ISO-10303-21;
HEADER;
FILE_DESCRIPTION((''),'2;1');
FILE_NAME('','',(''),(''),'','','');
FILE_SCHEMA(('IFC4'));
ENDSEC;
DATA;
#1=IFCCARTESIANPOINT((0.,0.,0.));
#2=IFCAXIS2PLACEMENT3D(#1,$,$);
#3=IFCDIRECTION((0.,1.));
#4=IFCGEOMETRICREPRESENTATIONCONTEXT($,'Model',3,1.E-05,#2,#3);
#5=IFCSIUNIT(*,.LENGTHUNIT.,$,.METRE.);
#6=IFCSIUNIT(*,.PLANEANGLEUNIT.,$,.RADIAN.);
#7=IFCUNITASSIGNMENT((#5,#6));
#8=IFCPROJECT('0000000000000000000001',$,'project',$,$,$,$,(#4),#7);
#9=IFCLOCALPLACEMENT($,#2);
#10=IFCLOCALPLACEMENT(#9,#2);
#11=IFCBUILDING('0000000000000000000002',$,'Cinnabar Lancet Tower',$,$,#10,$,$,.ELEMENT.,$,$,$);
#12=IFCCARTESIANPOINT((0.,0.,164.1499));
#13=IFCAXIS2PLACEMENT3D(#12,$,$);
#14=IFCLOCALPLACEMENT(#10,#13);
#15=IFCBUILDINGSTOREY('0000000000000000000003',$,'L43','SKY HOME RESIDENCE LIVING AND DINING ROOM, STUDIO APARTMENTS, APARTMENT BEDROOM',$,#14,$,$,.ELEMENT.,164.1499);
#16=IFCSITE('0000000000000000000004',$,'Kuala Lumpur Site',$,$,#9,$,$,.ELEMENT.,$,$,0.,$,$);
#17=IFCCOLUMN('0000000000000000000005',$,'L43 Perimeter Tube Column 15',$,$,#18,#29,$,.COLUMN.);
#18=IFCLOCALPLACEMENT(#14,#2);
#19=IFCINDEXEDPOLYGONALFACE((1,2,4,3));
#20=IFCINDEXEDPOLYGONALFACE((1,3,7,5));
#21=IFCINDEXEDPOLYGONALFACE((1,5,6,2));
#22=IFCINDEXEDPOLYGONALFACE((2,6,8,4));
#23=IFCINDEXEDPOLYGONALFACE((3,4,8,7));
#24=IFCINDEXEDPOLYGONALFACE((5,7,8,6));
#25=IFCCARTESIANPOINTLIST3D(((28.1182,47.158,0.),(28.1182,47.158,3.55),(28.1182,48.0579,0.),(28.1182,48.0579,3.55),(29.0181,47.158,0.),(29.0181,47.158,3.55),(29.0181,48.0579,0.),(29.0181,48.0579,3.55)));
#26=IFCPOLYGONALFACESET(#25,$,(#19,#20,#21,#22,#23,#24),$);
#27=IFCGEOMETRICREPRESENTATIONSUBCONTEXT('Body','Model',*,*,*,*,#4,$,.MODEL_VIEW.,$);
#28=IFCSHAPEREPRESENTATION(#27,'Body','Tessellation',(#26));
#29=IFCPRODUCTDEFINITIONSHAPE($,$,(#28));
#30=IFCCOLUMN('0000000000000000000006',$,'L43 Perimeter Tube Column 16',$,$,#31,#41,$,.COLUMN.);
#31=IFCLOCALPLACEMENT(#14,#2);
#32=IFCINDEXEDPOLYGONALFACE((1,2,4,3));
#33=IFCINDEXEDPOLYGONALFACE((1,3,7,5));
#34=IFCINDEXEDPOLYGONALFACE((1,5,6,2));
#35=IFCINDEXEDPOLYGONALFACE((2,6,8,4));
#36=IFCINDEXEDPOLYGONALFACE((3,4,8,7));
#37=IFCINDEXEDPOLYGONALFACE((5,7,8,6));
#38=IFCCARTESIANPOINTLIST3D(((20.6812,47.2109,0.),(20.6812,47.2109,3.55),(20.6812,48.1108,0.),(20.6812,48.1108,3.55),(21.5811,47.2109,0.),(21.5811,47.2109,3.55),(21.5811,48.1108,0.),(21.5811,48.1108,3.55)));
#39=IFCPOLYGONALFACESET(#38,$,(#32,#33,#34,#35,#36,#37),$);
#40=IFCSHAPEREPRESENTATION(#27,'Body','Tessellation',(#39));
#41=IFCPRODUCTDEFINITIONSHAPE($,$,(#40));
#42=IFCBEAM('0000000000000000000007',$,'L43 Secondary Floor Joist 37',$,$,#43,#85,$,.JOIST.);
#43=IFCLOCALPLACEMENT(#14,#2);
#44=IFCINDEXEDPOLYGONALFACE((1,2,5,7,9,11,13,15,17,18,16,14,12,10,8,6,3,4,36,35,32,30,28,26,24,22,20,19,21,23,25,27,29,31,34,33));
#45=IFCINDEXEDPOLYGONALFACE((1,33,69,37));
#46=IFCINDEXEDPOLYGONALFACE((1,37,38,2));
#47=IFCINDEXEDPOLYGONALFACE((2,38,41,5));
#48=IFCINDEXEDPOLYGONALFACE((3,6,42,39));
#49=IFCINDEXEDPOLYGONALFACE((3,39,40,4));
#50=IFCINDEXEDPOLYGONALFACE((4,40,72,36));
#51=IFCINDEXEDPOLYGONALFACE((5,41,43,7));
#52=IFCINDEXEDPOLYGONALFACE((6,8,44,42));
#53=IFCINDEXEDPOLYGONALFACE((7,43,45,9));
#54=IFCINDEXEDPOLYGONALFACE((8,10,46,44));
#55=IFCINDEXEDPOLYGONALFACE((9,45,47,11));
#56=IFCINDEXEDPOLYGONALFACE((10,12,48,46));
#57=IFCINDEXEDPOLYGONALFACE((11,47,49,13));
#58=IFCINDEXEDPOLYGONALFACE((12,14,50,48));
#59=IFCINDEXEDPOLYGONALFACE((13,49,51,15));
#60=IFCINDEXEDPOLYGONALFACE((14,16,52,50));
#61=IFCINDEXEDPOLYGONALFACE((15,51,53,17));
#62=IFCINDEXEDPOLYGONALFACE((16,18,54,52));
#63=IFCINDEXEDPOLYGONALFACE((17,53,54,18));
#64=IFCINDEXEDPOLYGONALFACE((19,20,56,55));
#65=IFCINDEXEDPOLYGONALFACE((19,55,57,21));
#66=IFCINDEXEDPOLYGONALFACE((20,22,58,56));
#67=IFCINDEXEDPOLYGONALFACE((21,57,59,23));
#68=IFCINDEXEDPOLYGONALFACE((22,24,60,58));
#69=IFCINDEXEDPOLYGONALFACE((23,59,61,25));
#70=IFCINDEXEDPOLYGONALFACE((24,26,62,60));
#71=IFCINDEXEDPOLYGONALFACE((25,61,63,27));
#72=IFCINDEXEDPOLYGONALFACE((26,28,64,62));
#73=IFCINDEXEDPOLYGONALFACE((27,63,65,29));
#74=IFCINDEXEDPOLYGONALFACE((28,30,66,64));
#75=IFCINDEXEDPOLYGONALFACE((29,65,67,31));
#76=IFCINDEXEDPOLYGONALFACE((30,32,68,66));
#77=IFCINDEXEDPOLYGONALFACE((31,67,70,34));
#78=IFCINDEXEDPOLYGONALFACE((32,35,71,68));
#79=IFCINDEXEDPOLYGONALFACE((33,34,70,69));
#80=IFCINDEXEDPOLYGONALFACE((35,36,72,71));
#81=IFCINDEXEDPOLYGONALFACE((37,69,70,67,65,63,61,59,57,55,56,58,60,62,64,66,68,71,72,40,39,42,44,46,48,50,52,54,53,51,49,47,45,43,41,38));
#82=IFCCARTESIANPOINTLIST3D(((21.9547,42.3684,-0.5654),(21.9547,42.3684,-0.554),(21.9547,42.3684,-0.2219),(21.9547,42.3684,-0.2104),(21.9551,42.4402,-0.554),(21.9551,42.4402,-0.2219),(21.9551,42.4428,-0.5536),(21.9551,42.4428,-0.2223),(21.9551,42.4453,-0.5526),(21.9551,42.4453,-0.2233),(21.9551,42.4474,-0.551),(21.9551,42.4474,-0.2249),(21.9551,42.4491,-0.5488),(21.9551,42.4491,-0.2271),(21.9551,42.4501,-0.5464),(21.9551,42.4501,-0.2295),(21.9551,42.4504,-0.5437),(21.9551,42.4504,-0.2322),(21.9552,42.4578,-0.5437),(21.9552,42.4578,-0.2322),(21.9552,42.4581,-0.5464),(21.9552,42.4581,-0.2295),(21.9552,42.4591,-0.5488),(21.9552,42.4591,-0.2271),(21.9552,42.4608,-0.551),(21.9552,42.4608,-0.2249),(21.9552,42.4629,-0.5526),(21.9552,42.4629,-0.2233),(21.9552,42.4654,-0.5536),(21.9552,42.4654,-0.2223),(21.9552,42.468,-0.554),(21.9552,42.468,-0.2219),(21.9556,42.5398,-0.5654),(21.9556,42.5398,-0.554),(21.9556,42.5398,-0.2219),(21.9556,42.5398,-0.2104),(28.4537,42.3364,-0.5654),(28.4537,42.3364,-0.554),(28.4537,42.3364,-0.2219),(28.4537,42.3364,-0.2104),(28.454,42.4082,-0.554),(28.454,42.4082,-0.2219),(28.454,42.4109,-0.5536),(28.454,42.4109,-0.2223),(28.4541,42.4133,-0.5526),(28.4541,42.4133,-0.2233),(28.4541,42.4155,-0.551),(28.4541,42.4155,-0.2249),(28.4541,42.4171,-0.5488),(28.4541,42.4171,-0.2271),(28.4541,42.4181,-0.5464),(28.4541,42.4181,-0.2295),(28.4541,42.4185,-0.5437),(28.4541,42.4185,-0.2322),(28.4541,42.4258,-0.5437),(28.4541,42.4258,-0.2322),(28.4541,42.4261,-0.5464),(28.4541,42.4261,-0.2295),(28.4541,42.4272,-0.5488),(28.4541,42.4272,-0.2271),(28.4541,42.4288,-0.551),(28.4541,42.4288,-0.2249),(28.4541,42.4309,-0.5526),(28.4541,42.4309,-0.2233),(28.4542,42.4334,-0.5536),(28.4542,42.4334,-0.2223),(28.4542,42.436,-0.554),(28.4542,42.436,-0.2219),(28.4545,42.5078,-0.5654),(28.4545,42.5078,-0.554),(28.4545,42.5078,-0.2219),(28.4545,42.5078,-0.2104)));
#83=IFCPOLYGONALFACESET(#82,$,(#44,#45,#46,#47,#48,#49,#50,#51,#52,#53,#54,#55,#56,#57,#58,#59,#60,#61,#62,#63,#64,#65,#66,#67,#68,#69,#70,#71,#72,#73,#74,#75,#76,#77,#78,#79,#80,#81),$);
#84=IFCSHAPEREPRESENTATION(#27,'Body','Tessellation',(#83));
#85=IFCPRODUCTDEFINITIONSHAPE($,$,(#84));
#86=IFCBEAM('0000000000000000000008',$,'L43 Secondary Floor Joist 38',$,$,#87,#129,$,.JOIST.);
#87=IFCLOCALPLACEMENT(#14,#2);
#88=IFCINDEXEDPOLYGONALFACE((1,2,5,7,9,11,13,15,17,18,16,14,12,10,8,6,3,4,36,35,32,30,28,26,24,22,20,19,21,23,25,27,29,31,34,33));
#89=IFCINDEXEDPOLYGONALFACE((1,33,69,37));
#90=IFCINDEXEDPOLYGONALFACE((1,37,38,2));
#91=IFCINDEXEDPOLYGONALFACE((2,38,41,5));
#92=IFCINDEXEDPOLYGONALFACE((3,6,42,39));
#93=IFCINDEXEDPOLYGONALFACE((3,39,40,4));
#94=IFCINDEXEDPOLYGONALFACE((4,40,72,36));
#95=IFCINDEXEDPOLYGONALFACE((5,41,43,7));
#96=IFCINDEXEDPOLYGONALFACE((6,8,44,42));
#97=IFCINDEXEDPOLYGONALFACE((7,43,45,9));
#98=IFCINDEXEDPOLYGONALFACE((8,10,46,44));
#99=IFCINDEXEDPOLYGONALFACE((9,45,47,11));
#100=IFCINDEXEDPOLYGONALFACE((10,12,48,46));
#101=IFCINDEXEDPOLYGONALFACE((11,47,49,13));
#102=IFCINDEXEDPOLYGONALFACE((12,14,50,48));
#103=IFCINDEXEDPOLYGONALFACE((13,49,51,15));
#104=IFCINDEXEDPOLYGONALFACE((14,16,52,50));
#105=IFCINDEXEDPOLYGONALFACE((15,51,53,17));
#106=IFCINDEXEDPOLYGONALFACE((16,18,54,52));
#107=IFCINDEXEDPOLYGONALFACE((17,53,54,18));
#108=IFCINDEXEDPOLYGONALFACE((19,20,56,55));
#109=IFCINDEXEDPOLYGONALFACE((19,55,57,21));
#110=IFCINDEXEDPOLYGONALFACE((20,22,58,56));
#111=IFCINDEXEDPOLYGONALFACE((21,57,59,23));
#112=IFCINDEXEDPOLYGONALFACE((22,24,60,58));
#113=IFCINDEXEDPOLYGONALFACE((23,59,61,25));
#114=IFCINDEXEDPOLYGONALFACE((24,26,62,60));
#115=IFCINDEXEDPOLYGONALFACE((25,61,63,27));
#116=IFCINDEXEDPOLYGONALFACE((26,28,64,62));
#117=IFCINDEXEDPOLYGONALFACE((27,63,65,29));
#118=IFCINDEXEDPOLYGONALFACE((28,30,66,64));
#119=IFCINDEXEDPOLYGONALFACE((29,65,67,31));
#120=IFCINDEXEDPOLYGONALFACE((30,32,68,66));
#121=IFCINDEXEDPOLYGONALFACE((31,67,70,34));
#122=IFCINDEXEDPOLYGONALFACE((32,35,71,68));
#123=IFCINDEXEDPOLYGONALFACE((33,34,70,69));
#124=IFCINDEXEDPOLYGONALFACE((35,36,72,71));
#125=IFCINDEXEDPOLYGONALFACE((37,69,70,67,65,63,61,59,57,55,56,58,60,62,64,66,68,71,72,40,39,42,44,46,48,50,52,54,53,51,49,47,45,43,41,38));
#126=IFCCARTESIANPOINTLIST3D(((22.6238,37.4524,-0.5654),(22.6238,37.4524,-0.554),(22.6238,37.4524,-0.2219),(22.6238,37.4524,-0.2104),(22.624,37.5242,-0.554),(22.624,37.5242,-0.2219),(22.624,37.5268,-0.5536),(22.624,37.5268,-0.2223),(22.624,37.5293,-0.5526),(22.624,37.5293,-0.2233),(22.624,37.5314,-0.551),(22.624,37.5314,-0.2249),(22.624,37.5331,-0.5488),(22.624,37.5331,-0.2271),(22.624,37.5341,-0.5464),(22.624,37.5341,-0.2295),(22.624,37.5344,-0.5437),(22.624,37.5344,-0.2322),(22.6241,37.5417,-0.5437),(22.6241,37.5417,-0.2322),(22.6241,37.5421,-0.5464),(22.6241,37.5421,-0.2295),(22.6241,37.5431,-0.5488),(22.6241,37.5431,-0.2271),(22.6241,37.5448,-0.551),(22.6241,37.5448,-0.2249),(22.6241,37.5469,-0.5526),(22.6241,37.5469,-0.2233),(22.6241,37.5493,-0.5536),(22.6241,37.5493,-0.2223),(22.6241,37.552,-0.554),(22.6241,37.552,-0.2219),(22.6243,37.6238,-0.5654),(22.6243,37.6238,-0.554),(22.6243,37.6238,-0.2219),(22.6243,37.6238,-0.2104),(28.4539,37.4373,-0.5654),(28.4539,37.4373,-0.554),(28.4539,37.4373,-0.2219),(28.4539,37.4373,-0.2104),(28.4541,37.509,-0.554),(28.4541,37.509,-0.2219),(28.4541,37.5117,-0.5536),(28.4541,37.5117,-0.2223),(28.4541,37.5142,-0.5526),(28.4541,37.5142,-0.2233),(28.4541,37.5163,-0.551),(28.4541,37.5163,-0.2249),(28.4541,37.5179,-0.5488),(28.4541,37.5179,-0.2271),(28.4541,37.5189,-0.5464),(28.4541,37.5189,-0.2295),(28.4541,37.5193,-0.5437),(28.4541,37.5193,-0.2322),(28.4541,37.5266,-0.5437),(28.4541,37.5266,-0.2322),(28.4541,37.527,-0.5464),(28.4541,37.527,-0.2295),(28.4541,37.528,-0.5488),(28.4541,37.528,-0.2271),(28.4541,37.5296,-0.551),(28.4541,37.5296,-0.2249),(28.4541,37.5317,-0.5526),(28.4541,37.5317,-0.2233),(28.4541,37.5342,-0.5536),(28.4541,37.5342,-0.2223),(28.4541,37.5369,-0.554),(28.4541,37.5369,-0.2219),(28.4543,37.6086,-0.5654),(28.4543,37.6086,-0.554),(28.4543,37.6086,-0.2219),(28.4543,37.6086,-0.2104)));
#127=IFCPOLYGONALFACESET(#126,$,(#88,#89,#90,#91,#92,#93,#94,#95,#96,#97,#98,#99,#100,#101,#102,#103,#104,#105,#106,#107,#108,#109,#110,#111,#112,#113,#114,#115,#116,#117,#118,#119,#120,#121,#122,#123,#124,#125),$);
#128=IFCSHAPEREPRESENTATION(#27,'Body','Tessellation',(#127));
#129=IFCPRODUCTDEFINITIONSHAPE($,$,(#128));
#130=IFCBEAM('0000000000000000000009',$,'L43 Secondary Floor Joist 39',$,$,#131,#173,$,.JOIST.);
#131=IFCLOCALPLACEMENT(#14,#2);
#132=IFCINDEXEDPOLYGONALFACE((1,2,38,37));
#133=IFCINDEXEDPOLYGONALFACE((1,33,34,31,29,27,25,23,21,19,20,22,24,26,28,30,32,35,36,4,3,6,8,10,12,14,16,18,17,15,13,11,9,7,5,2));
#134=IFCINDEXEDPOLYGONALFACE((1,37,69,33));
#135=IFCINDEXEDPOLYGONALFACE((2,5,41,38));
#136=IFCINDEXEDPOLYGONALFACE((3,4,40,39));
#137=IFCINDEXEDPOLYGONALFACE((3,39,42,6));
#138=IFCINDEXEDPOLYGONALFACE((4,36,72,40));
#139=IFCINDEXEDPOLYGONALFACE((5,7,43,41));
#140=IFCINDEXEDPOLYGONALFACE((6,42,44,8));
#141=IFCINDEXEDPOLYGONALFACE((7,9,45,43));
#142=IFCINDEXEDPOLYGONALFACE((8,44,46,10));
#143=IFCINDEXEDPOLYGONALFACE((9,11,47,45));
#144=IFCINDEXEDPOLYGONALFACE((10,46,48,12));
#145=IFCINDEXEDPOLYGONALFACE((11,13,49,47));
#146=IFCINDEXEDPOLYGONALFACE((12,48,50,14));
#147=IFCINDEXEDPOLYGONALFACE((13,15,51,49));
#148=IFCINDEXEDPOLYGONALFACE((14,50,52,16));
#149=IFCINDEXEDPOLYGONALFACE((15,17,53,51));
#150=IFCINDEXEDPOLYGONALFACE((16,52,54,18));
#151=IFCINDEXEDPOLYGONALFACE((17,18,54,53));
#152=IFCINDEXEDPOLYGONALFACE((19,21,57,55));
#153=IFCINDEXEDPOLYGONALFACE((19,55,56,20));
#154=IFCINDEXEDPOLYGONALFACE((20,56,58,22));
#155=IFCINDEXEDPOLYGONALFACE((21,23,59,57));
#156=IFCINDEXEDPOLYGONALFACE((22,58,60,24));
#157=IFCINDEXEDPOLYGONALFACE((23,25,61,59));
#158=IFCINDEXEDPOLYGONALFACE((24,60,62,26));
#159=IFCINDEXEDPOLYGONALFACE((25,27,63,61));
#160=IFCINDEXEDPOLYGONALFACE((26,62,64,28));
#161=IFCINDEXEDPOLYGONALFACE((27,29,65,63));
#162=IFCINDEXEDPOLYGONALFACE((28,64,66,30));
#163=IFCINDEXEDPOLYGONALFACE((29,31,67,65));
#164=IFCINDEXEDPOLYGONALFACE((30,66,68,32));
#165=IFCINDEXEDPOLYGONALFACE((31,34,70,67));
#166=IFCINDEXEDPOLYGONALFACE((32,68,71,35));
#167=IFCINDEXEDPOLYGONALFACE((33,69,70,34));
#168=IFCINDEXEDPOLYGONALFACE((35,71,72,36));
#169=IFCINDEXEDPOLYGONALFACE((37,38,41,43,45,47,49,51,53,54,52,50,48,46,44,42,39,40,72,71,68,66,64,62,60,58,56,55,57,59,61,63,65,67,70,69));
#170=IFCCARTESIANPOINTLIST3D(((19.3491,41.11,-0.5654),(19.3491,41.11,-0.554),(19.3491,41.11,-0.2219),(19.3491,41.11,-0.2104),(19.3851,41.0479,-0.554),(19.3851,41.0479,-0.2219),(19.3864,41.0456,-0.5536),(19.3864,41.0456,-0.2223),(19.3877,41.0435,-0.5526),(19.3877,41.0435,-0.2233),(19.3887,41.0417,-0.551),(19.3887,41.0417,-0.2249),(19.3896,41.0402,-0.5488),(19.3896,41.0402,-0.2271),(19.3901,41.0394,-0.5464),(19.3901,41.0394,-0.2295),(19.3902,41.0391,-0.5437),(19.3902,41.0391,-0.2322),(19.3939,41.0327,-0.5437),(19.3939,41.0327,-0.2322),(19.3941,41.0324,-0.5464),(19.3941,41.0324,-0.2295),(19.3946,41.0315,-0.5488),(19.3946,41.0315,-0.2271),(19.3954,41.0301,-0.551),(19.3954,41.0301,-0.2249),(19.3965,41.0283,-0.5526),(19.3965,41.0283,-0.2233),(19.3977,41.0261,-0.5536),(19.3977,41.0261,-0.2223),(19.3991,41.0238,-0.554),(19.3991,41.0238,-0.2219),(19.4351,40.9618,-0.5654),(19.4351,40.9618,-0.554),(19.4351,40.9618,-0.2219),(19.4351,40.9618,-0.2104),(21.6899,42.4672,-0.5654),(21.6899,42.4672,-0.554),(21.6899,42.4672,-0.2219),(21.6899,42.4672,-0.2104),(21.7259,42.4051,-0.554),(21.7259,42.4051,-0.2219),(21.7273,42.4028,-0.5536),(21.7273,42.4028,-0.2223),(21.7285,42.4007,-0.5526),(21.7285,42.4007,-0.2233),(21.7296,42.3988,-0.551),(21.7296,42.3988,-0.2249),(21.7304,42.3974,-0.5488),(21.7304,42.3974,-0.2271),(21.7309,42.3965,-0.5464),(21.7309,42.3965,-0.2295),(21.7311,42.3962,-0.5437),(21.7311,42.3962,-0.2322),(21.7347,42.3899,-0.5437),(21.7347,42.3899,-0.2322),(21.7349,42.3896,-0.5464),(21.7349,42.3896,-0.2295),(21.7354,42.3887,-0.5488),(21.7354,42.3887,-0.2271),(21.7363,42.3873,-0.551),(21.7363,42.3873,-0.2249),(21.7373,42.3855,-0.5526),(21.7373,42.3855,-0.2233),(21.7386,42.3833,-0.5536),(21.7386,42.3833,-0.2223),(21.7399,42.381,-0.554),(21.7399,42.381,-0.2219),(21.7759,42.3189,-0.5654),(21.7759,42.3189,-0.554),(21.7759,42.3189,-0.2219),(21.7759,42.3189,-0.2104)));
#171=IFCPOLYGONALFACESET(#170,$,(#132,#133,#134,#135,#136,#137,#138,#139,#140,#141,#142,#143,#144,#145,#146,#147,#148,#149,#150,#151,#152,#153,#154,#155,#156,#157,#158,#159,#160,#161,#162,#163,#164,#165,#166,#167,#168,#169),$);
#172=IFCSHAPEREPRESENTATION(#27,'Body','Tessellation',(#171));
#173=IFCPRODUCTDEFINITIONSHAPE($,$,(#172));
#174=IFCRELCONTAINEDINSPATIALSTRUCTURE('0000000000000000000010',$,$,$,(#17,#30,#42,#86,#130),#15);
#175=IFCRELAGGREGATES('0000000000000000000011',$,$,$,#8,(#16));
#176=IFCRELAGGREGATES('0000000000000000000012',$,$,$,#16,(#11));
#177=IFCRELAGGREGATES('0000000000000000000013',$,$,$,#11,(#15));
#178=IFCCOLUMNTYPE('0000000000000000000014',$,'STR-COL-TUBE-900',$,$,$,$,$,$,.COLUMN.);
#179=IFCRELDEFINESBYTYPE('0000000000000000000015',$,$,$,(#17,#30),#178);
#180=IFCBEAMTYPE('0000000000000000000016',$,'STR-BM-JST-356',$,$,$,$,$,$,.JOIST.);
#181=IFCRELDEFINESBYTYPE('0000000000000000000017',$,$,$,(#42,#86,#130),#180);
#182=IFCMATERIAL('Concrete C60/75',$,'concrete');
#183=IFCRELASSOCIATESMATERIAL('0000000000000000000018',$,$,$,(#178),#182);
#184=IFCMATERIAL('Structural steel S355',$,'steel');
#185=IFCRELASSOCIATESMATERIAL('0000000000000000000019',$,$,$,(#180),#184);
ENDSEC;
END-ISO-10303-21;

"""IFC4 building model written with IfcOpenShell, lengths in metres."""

from ifc_helpers import new_model, si_unit, direction, frame, origin, origin_2d, place, context, subcontext, project, spatial, rectangle, i_section, extrude, material, material_profile, profile_set, type_object, element, save


model = new_model("IFC4")

# Units and contexts
model_context = context("Model", 3, precision=1e-05, world=origin(), true_north=direction((0.0, 1.0)))
body_context = subcontext(model_context, "Body", "Model", "MODEL_VIEW")
ifc_project = project(units=[si_unit("LENGTHUNIT", "METRE"), si_unit("PLANEANGLEUNIT", "RADIAN")], contexts=[model_context])

# Site, building, storey
site_placement = place(None, origin())
site = spatial("IfcSite", under=ifc_project, at=site_placement, Name="Kuala Lumpur Site", CompositionType="ELEMENT", RefElevation=0.0)
building_placement = place(site_placement, origin())
building = spatial("IfcBuilding", under=site, at=building_placement, Name="Cinnabar Lancet Tower", CompositionType="ELEMENT")
storey_placement = place(building_placement, frame((0.0, 0.0, 164.1499)))
storey = spatial("IfcBuildingStorey", under=building, at=storey_placement, Name="L43", Description="SKY HOME RESIDENCE LIVING AND DINING ROOM, STUDIO APARTMENTS, APARTMENT BEDROOM", CompositionType="ELEMENT", Elevation=164.1499)

# Columns
ifc_material_1 = material(Name="Concrete C60/75", Category="concrete")
ifc_material_profile_1 = material_profile(ifc_material_1, rectangle(XDim=0.8999, YDim=0.8999, at=origin_2d()), Name="RC-COL 900x900")
ifc_profile_set_1 = profile_set([ifc_material_profile_1], Name="Concrete C60/75")
column_type = type_object("IfcColumnType", Name="STR-COL-TUBE-900", PredefinedType="COLUMN", material=ifc_profile_set_1)
for number, where, z_axis, x_axis, name in (
    (1, (28.5681, 47.6079, 0.0), (0.0, 0.0, 1.0), (1.0, 0.0, 0.0), "L43 Perimeter Tube Column 15"),
    (2, (21.1311, 47.6609, 0.0), (0.0, 0.0, 1.0), (1.0, 0.0, 0.0), "L43 Perimeter Tube Column 16"),
):
    element("IfcColumn", number, at=place(storey_placement, frame(where, z_axis=z_axis, x_axis=x_axis)), inside=storey, type_object=column_type, Name=name, PredefinedType="COLUMN", context=body_context, shape_type="SweptSolid", body=[
        extrude(rectangle(XDim=0.8999, YDim=0.8999, at=origin_2d()), origin(), (0.0, 0.0, 1.0), 3.55),
    ])

# Beams
ifc_material_2 = material(Name="Structural steel S355", Category="steel")
ifc_material_profile_2 = material_profile(ifc_material_2, i_section(OverallWidth=0.1714, OverallDepth=0.355, WebThickness=0.0073, FlangeThickness=0.0115, FilletRadius=0.0103, at=origin_2d()), Name="UKB 356x171x51")
ifc_profile_set_2 = profile_set([ifc_material_profile_2], Name="Structural steel S355")
beam_type_1 = type_object("IfcBeamType", Name="STR-BM-JST-356", PredefinedType="JOIST", material=ifc_profile_set_2)
beam_1_placement = place(storey_placement, frame((28.4541, 42.4221, -0.3879), z_axis=(-0.999988, 0.004921, 0.0), x_axis=(-0.004921, -0.999988, 0.0)))
element("IfcBeam", 3, at=beam_1_placement, inside=storey, type_object=beam_type_1, Name="L43 Secondary Floor Joist 37", PredefinedType="JOIST", context=body_context, shape_type="SweptSolid", body=[
    extrude(i_section(OverallWidth=0.1714, OverallDepth=0.355, WebThickness=0.0073, FlangeThickness=0.0115, FilletRadius=0.0103, at=origin_2d()), origin(), (0.0, 0.0, 1.0), 6.499),
])
beam_2_placement = place(storey_placement, frame((28.4541, 37.5229, -0.3879), z_axis=(-0.999997, 0.002596, 0.0), x_axis=(-0.002596, -0.999997, 0.0)))
element("IfcBeam", 4, at=beam_2_placement, inside=storey, type_object=beam_type_1, Name="L43 Secondary Floor Joist 38", PredefinedType="JOIST", context=body_context, shape_type="SweptSolid", body=[
    extrude(i_section(OverallWidth=0.1714, OverallDepth=0.355, WebThickness=0.0073, FlangeThickness=0.0115, FilletRadius=0.0103, at=origin_2d()), origin(), (0.0, 0.0, 1.0), 5.8301),
])
beam_3_placement = place(storey_placement, frame((21.7329, 42.3931, -0.3879), z_axis=(-0.865111, -0.50158, 0.0), x_axis=(0.50158, -0.865111, 0.0)))
element("IfcBeam", 5, at=beam_3_placement, inside=storey, type_object=beam_type_1, Name="L43 Secondary Floor Joist 39", PredefinedType="JOIST", context=body_context, shape_type="SweptSolid", body=[
    extrude(i_section(OverallWidth=0.1714, OverallDepth=0.355, WebThickness=0.0073, FlangeThickness=0.0115, FilletRadius=0.0103, at=origin_2d()), origin(), (0.0, 0.0, 1.0), 2.7058),
])

save(model, "model.ifc")
